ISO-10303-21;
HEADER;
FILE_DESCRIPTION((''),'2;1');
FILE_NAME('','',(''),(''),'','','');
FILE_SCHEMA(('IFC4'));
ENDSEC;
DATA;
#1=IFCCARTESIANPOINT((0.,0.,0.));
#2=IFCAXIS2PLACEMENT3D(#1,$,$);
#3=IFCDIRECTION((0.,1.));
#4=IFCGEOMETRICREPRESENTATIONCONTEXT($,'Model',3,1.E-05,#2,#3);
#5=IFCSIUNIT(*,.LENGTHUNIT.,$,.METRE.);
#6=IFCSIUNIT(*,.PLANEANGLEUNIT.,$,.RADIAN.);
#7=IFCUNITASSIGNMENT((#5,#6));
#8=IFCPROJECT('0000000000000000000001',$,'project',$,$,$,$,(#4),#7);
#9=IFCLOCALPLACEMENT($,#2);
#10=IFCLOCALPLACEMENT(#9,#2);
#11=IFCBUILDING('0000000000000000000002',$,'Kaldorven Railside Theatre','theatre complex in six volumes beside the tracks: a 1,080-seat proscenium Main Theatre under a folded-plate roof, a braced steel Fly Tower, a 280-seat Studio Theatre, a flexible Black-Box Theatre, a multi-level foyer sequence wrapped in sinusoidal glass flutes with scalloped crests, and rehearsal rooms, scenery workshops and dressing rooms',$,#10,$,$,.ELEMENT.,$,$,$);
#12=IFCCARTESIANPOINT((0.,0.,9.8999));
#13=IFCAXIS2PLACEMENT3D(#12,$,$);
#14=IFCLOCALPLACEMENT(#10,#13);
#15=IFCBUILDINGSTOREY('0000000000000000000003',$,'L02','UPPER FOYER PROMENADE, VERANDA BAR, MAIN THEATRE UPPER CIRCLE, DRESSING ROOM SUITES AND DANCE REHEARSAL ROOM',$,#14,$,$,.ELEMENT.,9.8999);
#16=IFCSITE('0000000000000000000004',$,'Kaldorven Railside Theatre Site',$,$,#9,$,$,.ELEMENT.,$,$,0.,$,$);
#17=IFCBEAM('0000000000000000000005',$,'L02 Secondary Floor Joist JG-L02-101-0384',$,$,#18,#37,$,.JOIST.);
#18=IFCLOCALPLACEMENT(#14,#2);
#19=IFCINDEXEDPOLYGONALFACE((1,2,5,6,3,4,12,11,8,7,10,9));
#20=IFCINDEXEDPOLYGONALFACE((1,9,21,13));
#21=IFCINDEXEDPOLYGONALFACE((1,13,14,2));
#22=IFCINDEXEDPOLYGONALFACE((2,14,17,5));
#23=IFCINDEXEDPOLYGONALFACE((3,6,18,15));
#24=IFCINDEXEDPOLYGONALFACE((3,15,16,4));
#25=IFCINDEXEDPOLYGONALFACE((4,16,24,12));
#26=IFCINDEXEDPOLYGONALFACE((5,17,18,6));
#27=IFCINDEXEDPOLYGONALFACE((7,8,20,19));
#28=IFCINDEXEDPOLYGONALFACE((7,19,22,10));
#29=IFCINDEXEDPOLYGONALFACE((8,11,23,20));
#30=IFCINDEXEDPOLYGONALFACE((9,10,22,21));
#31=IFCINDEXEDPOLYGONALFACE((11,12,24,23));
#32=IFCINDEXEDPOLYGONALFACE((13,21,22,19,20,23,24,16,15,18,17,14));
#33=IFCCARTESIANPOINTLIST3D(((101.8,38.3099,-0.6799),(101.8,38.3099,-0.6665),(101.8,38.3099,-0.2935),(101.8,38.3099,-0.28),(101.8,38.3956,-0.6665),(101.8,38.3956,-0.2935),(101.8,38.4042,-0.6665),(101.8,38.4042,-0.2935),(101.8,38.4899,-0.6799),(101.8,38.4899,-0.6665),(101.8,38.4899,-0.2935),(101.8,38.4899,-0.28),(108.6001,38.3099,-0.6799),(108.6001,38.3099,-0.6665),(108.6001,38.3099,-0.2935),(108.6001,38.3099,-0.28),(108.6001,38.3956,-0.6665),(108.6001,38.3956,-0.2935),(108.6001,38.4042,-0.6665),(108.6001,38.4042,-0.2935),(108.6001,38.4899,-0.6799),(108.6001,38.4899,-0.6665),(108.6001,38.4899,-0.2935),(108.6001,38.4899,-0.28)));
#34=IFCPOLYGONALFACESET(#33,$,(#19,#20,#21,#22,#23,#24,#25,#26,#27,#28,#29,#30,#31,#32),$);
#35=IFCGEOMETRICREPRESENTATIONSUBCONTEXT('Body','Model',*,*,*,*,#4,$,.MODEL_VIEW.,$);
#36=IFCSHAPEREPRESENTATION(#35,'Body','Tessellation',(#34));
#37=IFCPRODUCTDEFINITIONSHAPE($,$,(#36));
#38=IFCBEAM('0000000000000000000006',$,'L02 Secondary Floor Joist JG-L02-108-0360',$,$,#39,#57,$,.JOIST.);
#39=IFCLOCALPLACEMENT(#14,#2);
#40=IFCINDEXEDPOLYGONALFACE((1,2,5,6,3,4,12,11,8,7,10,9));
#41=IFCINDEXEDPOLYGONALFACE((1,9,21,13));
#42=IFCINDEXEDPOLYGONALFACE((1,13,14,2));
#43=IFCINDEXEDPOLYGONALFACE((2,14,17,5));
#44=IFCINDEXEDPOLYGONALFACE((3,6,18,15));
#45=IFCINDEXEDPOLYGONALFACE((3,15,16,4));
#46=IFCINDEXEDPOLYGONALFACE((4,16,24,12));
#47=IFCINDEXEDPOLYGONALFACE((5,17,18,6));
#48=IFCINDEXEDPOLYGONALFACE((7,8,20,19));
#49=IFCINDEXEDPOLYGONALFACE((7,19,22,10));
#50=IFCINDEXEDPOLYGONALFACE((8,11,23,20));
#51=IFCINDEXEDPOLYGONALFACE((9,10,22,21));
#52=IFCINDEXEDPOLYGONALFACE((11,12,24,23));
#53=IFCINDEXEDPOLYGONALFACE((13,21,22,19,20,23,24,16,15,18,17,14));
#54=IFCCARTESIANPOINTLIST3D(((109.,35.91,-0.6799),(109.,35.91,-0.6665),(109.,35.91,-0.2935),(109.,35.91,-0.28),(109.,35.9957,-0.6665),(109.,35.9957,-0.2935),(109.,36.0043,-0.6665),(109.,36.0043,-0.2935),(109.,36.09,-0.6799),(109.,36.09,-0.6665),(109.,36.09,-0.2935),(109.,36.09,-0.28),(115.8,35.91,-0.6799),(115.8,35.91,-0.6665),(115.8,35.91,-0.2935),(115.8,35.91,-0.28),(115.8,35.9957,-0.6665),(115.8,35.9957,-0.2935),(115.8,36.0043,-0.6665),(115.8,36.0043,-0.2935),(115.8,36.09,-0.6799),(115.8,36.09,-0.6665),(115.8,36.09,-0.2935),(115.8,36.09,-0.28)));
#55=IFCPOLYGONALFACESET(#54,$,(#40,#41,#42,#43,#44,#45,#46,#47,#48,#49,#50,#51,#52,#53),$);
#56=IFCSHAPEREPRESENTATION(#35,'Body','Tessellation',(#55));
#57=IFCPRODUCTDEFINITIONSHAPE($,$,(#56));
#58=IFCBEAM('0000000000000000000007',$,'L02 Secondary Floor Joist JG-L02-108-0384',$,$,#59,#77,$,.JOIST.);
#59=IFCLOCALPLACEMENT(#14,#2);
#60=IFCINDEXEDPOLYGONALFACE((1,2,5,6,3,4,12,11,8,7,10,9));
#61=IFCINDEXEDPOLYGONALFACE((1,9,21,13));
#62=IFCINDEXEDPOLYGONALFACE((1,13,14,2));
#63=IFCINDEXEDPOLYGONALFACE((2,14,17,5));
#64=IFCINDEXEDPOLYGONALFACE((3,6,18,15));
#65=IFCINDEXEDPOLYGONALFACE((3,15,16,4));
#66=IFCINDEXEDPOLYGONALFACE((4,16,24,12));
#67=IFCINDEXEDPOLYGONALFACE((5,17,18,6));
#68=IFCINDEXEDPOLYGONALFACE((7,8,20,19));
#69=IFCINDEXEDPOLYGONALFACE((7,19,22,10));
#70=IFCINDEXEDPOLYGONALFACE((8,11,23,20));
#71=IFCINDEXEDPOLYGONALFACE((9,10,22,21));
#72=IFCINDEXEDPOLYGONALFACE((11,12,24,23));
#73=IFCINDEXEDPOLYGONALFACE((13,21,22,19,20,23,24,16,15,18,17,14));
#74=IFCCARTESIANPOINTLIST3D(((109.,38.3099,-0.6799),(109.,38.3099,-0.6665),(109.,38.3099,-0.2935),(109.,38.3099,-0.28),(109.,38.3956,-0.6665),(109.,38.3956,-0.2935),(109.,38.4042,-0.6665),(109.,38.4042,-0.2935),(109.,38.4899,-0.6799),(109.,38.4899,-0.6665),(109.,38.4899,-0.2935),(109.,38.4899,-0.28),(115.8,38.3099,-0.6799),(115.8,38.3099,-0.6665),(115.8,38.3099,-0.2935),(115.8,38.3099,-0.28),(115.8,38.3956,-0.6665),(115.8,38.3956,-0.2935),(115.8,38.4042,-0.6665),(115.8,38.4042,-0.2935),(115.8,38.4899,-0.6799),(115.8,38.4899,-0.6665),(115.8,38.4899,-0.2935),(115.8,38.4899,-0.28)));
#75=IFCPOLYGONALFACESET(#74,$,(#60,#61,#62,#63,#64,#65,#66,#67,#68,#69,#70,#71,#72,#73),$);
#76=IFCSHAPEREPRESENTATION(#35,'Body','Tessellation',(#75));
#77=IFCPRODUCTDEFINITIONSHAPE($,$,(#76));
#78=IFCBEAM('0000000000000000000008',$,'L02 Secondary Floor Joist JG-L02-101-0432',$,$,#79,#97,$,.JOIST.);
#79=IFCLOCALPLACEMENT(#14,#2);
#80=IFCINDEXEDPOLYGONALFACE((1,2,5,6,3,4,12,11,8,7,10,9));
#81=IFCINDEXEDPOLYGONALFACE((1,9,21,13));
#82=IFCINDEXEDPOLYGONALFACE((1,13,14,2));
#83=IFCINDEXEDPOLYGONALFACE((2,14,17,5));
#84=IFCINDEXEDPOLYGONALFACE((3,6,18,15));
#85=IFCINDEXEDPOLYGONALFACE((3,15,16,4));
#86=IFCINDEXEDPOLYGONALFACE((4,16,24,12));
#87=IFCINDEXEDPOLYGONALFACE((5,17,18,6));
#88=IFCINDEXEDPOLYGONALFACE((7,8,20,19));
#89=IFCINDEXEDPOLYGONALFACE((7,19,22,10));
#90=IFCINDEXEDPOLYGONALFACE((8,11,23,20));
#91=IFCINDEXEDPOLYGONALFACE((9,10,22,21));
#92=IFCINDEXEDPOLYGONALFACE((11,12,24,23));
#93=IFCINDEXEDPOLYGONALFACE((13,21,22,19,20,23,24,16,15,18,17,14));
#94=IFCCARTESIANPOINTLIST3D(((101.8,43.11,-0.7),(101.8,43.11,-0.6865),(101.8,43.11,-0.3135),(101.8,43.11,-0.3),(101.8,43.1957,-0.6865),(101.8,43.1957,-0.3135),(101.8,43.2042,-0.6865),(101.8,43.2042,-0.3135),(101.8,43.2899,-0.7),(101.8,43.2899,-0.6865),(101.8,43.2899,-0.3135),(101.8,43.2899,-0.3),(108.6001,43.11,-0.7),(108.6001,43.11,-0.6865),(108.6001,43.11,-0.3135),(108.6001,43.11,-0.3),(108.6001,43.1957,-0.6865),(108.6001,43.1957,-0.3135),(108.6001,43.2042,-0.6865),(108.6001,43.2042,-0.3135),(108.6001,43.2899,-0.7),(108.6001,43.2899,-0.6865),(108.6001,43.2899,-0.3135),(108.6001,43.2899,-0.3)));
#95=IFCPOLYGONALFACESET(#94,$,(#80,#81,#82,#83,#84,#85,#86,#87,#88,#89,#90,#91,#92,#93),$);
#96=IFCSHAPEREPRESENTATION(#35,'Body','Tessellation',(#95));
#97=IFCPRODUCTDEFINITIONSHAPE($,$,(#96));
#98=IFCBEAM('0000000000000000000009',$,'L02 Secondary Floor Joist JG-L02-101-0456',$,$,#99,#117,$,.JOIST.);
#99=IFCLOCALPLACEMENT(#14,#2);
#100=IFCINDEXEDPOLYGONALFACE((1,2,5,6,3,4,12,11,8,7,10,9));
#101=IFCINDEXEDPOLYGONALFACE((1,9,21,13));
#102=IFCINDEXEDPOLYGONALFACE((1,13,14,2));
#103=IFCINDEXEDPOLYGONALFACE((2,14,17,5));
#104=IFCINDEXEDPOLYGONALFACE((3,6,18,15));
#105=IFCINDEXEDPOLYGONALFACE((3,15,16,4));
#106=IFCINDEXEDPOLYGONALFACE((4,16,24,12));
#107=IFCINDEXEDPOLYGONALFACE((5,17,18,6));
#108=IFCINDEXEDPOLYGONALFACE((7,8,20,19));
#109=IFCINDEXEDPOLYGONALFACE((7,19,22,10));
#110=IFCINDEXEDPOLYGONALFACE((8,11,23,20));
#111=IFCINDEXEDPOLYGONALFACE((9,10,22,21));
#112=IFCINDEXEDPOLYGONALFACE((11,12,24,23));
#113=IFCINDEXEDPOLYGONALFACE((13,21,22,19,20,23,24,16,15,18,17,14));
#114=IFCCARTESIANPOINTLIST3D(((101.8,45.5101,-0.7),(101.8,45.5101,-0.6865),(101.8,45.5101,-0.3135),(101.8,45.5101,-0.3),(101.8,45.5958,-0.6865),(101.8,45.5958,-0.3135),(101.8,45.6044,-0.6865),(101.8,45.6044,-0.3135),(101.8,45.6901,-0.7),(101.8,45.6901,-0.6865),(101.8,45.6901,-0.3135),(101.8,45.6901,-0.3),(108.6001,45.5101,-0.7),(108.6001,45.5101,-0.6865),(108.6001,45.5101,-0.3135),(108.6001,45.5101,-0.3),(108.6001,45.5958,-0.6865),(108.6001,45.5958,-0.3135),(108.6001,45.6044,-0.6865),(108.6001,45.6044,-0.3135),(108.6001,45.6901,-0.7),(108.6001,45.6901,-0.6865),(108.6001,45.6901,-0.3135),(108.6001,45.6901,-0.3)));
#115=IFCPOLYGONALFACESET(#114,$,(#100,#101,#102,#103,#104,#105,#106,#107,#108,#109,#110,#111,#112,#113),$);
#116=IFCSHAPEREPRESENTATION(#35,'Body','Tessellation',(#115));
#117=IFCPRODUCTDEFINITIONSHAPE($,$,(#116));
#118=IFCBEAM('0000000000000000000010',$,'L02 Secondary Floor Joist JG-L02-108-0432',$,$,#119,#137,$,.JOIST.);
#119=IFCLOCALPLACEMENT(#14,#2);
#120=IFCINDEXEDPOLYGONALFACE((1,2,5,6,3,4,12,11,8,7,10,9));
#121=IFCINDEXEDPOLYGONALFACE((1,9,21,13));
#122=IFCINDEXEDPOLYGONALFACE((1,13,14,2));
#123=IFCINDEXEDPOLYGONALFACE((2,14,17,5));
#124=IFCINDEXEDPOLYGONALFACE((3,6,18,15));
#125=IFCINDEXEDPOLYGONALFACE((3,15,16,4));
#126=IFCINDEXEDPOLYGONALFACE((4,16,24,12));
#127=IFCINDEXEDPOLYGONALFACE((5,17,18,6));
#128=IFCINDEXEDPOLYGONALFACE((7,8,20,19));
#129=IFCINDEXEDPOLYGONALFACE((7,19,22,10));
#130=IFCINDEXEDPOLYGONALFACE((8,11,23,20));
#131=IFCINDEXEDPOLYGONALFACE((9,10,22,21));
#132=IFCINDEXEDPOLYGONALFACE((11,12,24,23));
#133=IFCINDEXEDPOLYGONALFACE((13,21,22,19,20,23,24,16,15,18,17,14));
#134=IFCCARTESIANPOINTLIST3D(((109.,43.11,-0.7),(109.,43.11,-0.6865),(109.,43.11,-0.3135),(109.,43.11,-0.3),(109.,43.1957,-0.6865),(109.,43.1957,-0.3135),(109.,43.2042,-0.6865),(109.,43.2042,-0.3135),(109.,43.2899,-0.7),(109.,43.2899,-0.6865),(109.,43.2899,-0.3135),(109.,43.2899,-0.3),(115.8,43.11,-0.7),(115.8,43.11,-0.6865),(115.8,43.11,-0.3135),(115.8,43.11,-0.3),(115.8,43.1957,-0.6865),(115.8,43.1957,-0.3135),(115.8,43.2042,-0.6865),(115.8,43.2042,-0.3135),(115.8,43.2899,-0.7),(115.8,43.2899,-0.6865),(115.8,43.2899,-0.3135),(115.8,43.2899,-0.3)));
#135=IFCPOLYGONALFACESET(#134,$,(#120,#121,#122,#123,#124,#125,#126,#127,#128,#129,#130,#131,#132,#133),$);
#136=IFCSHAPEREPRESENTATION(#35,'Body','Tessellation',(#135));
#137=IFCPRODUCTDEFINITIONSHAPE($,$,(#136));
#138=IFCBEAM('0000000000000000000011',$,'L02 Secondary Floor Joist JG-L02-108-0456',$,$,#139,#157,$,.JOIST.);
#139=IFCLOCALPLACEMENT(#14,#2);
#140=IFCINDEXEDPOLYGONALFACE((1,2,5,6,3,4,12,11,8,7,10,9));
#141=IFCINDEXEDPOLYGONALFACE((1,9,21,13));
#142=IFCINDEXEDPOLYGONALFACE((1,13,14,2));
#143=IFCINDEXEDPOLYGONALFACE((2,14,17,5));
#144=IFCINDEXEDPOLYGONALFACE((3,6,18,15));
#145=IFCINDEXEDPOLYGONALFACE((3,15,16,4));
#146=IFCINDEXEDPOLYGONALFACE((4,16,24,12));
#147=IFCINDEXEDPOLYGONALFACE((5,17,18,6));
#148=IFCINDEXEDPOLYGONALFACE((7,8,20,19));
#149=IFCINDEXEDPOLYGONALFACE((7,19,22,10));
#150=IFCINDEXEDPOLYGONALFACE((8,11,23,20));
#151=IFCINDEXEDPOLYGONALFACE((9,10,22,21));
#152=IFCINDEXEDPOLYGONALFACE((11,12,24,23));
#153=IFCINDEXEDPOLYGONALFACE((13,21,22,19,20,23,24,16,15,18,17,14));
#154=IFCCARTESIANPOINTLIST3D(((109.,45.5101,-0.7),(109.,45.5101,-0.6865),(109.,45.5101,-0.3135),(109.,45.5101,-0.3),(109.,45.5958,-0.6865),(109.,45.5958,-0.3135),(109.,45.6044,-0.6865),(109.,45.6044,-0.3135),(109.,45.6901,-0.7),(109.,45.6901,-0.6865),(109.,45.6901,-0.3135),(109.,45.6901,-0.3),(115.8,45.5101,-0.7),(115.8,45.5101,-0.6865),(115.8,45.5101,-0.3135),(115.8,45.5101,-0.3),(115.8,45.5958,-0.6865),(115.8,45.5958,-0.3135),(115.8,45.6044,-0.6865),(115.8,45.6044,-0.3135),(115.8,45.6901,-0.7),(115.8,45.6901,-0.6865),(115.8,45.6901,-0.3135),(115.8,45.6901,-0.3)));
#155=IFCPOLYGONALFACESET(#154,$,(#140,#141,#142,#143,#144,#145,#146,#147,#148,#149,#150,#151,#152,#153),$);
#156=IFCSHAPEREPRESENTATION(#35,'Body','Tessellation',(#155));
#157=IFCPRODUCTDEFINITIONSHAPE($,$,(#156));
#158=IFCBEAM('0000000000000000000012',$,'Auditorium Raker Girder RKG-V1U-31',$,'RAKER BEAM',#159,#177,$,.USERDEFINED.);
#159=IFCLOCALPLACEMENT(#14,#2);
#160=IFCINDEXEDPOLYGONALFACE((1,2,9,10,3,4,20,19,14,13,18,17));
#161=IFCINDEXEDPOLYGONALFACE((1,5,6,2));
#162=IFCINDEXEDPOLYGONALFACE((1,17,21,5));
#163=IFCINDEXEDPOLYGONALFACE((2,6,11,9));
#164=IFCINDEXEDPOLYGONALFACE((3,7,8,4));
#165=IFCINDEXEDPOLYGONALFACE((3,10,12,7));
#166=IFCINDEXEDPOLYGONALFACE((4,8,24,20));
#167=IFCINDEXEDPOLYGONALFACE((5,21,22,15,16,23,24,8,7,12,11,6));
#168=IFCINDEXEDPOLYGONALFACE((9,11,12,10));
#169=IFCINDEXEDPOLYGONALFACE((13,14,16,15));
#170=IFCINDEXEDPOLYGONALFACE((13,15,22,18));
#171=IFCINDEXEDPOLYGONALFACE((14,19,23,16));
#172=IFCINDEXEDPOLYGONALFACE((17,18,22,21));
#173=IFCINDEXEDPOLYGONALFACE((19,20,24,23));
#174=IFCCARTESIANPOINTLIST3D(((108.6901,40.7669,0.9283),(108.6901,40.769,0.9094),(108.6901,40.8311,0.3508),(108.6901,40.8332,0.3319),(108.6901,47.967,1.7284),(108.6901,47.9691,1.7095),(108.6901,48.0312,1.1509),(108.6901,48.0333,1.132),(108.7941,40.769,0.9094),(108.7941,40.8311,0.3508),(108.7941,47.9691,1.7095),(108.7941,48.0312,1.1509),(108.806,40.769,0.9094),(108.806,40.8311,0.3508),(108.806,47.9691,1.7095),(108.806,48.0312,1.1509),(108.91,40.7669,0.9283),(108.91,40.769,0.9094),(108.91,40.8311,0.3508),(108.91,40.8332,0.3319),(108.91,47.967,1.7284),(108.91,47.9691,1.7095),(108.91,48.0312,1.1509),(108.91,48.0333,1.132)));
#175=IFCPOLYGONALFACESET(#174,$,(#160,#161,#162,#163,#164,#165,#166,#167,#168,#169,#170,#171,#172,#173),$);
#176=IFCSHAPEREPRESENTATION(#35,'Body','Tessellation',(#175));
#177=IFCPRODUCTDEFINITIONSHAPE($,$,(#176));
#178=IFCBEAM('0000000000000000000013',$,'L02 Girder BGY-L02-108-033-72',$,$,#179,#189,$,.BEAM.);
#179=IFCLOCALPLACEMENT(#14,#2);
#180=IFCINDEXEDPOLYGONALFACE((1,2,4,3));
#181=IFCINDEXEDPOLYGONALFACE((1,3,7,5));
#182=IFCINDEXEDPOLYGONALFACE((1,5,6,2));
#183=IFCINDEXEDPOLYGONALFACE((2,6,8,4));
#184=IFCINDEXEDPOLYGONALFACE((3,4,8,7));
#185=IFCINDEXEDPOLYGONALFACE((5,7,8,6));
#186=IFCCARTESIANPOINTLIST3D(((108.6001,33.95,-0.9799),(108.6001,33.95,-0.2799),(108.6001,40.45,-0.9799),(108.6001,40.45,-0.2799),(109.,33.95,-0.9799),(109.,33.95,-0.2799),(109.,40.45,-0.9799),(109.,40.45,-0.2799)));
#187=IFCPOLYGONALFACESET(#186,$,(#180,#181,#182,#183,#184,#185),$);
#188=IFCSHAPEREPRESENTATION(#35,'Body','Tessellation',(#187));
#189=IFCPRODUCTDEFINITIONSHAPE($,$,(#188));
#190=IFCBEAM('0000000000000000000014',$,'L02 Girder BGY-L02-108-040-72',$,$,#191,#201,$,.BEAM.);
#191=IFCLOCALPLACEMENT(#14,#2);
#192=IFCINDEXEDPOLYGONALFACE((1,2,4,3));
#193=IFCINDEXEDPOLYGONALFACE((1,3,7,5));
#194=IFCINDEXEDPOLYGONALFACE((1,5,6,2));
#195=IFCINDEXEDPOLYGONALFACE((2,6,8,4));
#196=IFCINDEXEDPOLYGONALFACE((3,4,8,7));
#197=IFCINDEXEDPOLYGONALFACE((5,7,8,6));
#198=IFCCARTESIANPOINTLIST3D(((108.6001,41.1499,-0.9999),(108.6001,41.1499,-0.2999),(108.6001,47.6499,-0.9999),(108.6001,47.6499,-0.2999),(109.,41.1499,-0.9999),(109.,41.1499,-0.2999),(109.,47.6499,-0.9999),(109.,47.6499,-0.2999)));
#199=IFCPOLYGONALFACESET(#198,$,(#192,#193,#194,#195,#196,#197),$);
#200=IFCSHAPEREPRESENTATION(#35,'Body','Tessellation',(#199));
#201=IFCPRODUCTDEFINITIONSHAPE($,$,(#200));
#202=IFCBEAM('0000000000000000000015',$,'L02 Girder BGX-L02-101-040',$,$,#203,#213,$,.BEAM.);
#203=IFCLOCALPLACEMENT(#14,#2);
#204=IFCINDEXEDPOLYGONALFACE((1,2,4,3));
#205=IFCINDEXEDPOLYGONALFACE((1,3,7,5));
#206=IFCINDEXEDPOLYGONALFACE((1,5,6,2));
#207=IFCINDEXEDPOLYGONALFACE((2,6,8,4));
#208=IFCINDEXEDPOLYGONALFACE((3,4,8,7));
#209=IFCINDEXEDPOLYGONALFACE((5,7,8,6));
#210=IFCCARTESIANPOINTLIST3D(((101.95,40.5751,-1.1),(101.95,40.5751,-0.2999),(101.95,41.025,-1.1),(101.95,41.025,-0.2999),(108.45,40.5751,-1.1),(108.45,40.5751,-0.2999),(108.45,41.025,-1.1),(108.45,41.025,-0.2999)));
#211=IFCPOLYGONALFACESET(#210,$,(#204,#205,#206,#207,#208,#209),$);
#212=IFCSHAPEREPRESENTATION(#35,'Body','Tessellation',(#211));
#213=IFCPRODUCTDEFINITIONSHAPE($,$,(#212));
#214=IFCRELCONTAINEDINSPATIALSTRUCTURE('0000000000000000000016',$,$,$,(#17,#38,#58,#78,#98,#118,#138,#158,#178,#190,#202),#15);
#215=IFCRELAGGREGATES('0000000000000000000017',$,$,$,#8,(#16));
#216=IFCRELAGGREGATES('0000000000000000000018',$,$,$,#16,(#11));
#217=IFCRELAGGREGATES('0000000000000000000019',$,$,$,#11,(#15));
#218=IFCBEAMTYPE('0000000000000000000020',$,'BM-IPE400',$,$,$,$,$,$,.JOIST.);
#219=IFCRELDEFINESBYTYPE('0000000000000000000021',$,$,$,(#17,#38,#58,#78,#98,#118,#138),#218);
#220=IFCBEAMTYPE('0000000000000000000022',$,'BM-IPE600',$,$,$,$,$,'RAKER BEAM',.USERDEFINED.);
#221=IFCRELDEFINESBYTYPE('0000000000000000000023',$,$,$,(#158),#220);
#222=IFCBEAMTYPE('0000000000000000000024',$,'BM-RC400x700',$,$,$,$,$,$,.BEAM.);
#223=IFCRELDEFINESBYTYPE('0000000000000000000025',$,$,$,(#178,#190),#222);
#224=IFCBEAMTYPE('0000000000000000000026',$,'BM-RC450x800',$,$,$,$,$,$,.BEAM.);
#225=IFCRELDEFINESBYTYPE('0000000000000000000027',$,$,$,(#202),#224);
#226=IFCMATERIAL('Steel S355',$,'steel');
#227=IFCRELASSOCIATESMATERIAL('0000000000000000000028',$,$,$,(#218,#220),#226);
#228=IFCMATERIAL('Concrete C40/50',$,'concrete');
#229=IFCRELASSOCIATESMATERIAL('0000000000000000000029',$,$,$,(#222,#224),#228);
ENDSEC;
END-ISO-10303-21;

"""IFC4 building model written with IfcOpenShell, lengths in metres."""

from ifc_helpers import new_model, si_unit, direction, frame, origin, origin_2d, place, context, subcontext, project, spatial, rectangle, i_section, extrude, material, material_profile, profile_set, type_object, element, save


model = new_model("IFC4")

# Units and contexts
model_context = context("Model", 3, precision=1e-05, world=origin(), true_north=direction((0.0, 1.0)))
body_context = subcontext(model_context, "Body", "Model", "MODEL_VIEW")
ifc_project = project(units=[si_unit("LENGTHUNIT", "METRE"), si_unit("PLANEANGLEUNIT", "RADIAN")], contexts=[model_context])

# Site, building, storey
site_placement = place(None, origin())
site = spatial("IfcSite", under=ifc_project, at=site_placement, Name="Kaldorven Railside Theatre Site", CompositionType="ELEMENT", RefElevation=0.0)
building_placement = place(site_placement, origin())
building = spatial("IfcBuilding", under=site, at=building_placement, Name="Kaldorven Railside Theatre", Description="theatre complex in six volumes beside the tracks: a 1,080-seat proscenium Main Theatre under a folded-plate roof, a braced steel Fly Tower, a 280-seat Studio Theatre, a flexible Black-Box Theatre, a multi-level foyer sequence wrapped in sinusoidal glass flutes with scalloped crests, and rehearsal rooms, scenery workshops and dressing rooms", CompositionType="ELEMENT")
storey_placement = place(building_placement, frame((0.0, 0.0, 9.8999)))
storey = spatial("IfcBuildingStorey", under=building, at=storey_placement, Name="L02", Description="UPPER FOYER PROMENADE, VERANDA BAR, MAIN THEATRE UPPER CIRCLE, DRESSING ROOM SUITES AND DANCE REHEARSAL ROOM", CompositionType="ELEMENT", Elevation=9.8999)

# Beams
ifc_material_1 = material(Name="Steel S355", Category="steel")
ifc_material_profile_1 = material_profile(ifc_material_1, i_section(OverallWidth=0.1799, OverallDepth=0.3999, WebThickness=0.0085, FlangeThickness=0.0134, at=origin_2d()), Name="IPE 400")
ifc_profile_set_1 = profile_set([ifc_material_profile_1], Name="Steel S355")
beam_type_1 = type_object("IfcBeamType", Name="BM-IPE400", PredefinedType="JOIST", material=ifc_profile_set_1)
for number, where, z_axis, x_axis, name in (
    (1, (101.8, 38.3999, -0.48), (1.0, 0.0, 0.0), (0.0, 1.0, 0.0), "L02 Secondary Floor Joist JG-L02-101-0384"),
    (2, (109.0, 36.0, -0.48), (1.0, 0.0, 0.0), (0.0, 1.0, 0.0), "L02 Secondary Floor Joist JG-L02-108-0360"),
    (3, (109.0, 38.3999, -0.48), (1.0, 0.0, 0.0), (0.0, 1.0, 0.0), "L02 Secondary Floor Joist JG-L02-108-0384"),
    (4, (101.8, 43.2, -0.5), (1.0, 0.0, 0.0), (0.0, 1.0, 0.0), "L02 Secondary Floor Joist JG-L02-101-0432"),
    (5, (101.8, 45.6001, -0.5), (1.0, 0.0, 0.0), (0.0, 1.0, 0.0), "L02 Secondary Floor Joist JG-L02-101-0456"),
    (6, (109.0, 43.2, -0.5), (1.0, 0.0, 0.0), (0.0, 1.0, 0.0), "L02 Secondary Floor Joist JG-L02-108-0432"),
    (7, (109.0, 45.6001, -0.5), (1.0, 0.0, 0.0), (0.0, 1.0, 0.0), "L02 Secondary Floor Joist JG-L02-108-0456"),
):
    element("IfcBeam", number, at=place(storey_placement, frame(where, z_axis=z_axis, x_axis=x_axis)), inside=storey, type_object=beam_type_1, Name=name, PredefinedType="JOIST", context=body_context, shape_type="SweptSolid", body=[
        extrude(i_section(OverallWidth=0.1799, OverallDepth=0.3999, WebThickness=0.0085, FlangeThickness=0.0134, at=origin_2d()), origin(), (0.0, 0.0, 1.0), 6.8),
    ])
ifc_material_profile_2 = material_profile(ifc_material_1, i_section(OverallWidth=0.22, OverallDepth=0.6001, WebThickness=0.012, FlangeThickness=0.019, at=origin_2d()), Name="IPE 600")
ifc_profile_set_2 = profile_set([ifc_material_profile_2], Name="Steel S355")
beam_type_2 = type_object("IfcBeamType", Name="BM-IPE600", ElementType="RAKER BEAM", PredefinedType="USERDEFINED", material=ifc_profile_set_2)
beam_placement = place(storey_placement, frame((108.8, 40.8, 0.6301), z_axis=(0.0, 0.993883, 0.110439), x_axis=(-1.0, 0.0, 0.0)))
element("IfcBeam", 8, at=beam_placement, inside=storey, type_object=beam_type_2, Name="Auditorium Raker Girder RKG-V1U-31", ObjectType="RAKER BEAM", PredefinedType="USERDEFINED", context=body_context, shape_type="SweptSolid", body=[
    extrude(i_section(OverallWidth=0.22, OverallDepth=0.6001, WebThickness=0.012, FlangeThickness=0.019, at=origin_2d()), origin(), (0.0, 0.0, 1.0), 7.2444),
])
ifc_material_2 = material(Name="Concrete C40/50", Category="concrete")
ifc_material_profile_3 = material_profile(ifc_material_2, rectangle(XDim=0.3999, YDim=0.7, at=origin_2d()), Name="RC 400x700")
ifc_profile_set_3 = profile_set([ifc_material_profile_3], Name="Concrete C40/50")
beam_type_3 = type_object("IfcBeamType", Name="BM-RC400x700", PredefinedType="BEAM", material=ifc_profile_set_3)
for number, where, z_axis, x_axis, name in (
    (9, (108.8, 33.95, -0.6299), (0.0, 1.0, 0.0), (-1.0, 0.0, 0.0), "L02 Girder BGY-L02-108-033-72"),
    (10, (108.8, 41.1499, -0.6499), (0.0, 1.0, 0.0), (-1.0, 0.0, 0.0), "L02 Girder BGY-L02-108-040-72"),
):
    element("IfcBeam", number, at=place(storey_placement, frame(where, z_axis=z_axis, x_axis=x_axis)), inside=storey, type_object=beam_type_3, Name=name, PredefinedType="BEAM", context=body_context, shape_type="SweptSolid", body=[
        extrude(rectangle(XDim=0.3999, YDim=0.7, at=origin_2d()), origin(), (0.0, 0.0, 1.0), 6.5),
    ])
ifc_material_profile_4 = material_profile(ifc_material_2, rectangle(XDim=0.45, YDim=0.8, at=origin_2d()), Name="RC 450x800")
ifc_profile_set_4 = profile_set([ifc_material_profile_4], Name="Concrete C40/50")
beam_type_4 = type_object("IfcBeamType", Name="BM-RC450x800", PredefinedType="BEAM", material=ifc_profile_set_4)
for number, where, z_axis, x_axis, name in (
    (11, (101.95, 40.8, -0.7), (1.0, 0.0, 0.0), (0.0, 1.0, 0.0), "L02 Girder BGX-L02-101-040"),
):
    element("IfcBeam", number, at=place(storey_placement, frame(where, z_axis=z_axis, x_axis=x_axis)), inside=storey, type_object=beam_type_4, Name=name, PredefinedType="BEAM", context=body_context, shape_type="SweptSolid", body=[
        extrude(rectangle(XDim=0.45, YDim=0.8, at=origin_2d()), origin(), (0.0, 0.0, 1.0), 6.5),
    ])

save(model, "model.ifc")
